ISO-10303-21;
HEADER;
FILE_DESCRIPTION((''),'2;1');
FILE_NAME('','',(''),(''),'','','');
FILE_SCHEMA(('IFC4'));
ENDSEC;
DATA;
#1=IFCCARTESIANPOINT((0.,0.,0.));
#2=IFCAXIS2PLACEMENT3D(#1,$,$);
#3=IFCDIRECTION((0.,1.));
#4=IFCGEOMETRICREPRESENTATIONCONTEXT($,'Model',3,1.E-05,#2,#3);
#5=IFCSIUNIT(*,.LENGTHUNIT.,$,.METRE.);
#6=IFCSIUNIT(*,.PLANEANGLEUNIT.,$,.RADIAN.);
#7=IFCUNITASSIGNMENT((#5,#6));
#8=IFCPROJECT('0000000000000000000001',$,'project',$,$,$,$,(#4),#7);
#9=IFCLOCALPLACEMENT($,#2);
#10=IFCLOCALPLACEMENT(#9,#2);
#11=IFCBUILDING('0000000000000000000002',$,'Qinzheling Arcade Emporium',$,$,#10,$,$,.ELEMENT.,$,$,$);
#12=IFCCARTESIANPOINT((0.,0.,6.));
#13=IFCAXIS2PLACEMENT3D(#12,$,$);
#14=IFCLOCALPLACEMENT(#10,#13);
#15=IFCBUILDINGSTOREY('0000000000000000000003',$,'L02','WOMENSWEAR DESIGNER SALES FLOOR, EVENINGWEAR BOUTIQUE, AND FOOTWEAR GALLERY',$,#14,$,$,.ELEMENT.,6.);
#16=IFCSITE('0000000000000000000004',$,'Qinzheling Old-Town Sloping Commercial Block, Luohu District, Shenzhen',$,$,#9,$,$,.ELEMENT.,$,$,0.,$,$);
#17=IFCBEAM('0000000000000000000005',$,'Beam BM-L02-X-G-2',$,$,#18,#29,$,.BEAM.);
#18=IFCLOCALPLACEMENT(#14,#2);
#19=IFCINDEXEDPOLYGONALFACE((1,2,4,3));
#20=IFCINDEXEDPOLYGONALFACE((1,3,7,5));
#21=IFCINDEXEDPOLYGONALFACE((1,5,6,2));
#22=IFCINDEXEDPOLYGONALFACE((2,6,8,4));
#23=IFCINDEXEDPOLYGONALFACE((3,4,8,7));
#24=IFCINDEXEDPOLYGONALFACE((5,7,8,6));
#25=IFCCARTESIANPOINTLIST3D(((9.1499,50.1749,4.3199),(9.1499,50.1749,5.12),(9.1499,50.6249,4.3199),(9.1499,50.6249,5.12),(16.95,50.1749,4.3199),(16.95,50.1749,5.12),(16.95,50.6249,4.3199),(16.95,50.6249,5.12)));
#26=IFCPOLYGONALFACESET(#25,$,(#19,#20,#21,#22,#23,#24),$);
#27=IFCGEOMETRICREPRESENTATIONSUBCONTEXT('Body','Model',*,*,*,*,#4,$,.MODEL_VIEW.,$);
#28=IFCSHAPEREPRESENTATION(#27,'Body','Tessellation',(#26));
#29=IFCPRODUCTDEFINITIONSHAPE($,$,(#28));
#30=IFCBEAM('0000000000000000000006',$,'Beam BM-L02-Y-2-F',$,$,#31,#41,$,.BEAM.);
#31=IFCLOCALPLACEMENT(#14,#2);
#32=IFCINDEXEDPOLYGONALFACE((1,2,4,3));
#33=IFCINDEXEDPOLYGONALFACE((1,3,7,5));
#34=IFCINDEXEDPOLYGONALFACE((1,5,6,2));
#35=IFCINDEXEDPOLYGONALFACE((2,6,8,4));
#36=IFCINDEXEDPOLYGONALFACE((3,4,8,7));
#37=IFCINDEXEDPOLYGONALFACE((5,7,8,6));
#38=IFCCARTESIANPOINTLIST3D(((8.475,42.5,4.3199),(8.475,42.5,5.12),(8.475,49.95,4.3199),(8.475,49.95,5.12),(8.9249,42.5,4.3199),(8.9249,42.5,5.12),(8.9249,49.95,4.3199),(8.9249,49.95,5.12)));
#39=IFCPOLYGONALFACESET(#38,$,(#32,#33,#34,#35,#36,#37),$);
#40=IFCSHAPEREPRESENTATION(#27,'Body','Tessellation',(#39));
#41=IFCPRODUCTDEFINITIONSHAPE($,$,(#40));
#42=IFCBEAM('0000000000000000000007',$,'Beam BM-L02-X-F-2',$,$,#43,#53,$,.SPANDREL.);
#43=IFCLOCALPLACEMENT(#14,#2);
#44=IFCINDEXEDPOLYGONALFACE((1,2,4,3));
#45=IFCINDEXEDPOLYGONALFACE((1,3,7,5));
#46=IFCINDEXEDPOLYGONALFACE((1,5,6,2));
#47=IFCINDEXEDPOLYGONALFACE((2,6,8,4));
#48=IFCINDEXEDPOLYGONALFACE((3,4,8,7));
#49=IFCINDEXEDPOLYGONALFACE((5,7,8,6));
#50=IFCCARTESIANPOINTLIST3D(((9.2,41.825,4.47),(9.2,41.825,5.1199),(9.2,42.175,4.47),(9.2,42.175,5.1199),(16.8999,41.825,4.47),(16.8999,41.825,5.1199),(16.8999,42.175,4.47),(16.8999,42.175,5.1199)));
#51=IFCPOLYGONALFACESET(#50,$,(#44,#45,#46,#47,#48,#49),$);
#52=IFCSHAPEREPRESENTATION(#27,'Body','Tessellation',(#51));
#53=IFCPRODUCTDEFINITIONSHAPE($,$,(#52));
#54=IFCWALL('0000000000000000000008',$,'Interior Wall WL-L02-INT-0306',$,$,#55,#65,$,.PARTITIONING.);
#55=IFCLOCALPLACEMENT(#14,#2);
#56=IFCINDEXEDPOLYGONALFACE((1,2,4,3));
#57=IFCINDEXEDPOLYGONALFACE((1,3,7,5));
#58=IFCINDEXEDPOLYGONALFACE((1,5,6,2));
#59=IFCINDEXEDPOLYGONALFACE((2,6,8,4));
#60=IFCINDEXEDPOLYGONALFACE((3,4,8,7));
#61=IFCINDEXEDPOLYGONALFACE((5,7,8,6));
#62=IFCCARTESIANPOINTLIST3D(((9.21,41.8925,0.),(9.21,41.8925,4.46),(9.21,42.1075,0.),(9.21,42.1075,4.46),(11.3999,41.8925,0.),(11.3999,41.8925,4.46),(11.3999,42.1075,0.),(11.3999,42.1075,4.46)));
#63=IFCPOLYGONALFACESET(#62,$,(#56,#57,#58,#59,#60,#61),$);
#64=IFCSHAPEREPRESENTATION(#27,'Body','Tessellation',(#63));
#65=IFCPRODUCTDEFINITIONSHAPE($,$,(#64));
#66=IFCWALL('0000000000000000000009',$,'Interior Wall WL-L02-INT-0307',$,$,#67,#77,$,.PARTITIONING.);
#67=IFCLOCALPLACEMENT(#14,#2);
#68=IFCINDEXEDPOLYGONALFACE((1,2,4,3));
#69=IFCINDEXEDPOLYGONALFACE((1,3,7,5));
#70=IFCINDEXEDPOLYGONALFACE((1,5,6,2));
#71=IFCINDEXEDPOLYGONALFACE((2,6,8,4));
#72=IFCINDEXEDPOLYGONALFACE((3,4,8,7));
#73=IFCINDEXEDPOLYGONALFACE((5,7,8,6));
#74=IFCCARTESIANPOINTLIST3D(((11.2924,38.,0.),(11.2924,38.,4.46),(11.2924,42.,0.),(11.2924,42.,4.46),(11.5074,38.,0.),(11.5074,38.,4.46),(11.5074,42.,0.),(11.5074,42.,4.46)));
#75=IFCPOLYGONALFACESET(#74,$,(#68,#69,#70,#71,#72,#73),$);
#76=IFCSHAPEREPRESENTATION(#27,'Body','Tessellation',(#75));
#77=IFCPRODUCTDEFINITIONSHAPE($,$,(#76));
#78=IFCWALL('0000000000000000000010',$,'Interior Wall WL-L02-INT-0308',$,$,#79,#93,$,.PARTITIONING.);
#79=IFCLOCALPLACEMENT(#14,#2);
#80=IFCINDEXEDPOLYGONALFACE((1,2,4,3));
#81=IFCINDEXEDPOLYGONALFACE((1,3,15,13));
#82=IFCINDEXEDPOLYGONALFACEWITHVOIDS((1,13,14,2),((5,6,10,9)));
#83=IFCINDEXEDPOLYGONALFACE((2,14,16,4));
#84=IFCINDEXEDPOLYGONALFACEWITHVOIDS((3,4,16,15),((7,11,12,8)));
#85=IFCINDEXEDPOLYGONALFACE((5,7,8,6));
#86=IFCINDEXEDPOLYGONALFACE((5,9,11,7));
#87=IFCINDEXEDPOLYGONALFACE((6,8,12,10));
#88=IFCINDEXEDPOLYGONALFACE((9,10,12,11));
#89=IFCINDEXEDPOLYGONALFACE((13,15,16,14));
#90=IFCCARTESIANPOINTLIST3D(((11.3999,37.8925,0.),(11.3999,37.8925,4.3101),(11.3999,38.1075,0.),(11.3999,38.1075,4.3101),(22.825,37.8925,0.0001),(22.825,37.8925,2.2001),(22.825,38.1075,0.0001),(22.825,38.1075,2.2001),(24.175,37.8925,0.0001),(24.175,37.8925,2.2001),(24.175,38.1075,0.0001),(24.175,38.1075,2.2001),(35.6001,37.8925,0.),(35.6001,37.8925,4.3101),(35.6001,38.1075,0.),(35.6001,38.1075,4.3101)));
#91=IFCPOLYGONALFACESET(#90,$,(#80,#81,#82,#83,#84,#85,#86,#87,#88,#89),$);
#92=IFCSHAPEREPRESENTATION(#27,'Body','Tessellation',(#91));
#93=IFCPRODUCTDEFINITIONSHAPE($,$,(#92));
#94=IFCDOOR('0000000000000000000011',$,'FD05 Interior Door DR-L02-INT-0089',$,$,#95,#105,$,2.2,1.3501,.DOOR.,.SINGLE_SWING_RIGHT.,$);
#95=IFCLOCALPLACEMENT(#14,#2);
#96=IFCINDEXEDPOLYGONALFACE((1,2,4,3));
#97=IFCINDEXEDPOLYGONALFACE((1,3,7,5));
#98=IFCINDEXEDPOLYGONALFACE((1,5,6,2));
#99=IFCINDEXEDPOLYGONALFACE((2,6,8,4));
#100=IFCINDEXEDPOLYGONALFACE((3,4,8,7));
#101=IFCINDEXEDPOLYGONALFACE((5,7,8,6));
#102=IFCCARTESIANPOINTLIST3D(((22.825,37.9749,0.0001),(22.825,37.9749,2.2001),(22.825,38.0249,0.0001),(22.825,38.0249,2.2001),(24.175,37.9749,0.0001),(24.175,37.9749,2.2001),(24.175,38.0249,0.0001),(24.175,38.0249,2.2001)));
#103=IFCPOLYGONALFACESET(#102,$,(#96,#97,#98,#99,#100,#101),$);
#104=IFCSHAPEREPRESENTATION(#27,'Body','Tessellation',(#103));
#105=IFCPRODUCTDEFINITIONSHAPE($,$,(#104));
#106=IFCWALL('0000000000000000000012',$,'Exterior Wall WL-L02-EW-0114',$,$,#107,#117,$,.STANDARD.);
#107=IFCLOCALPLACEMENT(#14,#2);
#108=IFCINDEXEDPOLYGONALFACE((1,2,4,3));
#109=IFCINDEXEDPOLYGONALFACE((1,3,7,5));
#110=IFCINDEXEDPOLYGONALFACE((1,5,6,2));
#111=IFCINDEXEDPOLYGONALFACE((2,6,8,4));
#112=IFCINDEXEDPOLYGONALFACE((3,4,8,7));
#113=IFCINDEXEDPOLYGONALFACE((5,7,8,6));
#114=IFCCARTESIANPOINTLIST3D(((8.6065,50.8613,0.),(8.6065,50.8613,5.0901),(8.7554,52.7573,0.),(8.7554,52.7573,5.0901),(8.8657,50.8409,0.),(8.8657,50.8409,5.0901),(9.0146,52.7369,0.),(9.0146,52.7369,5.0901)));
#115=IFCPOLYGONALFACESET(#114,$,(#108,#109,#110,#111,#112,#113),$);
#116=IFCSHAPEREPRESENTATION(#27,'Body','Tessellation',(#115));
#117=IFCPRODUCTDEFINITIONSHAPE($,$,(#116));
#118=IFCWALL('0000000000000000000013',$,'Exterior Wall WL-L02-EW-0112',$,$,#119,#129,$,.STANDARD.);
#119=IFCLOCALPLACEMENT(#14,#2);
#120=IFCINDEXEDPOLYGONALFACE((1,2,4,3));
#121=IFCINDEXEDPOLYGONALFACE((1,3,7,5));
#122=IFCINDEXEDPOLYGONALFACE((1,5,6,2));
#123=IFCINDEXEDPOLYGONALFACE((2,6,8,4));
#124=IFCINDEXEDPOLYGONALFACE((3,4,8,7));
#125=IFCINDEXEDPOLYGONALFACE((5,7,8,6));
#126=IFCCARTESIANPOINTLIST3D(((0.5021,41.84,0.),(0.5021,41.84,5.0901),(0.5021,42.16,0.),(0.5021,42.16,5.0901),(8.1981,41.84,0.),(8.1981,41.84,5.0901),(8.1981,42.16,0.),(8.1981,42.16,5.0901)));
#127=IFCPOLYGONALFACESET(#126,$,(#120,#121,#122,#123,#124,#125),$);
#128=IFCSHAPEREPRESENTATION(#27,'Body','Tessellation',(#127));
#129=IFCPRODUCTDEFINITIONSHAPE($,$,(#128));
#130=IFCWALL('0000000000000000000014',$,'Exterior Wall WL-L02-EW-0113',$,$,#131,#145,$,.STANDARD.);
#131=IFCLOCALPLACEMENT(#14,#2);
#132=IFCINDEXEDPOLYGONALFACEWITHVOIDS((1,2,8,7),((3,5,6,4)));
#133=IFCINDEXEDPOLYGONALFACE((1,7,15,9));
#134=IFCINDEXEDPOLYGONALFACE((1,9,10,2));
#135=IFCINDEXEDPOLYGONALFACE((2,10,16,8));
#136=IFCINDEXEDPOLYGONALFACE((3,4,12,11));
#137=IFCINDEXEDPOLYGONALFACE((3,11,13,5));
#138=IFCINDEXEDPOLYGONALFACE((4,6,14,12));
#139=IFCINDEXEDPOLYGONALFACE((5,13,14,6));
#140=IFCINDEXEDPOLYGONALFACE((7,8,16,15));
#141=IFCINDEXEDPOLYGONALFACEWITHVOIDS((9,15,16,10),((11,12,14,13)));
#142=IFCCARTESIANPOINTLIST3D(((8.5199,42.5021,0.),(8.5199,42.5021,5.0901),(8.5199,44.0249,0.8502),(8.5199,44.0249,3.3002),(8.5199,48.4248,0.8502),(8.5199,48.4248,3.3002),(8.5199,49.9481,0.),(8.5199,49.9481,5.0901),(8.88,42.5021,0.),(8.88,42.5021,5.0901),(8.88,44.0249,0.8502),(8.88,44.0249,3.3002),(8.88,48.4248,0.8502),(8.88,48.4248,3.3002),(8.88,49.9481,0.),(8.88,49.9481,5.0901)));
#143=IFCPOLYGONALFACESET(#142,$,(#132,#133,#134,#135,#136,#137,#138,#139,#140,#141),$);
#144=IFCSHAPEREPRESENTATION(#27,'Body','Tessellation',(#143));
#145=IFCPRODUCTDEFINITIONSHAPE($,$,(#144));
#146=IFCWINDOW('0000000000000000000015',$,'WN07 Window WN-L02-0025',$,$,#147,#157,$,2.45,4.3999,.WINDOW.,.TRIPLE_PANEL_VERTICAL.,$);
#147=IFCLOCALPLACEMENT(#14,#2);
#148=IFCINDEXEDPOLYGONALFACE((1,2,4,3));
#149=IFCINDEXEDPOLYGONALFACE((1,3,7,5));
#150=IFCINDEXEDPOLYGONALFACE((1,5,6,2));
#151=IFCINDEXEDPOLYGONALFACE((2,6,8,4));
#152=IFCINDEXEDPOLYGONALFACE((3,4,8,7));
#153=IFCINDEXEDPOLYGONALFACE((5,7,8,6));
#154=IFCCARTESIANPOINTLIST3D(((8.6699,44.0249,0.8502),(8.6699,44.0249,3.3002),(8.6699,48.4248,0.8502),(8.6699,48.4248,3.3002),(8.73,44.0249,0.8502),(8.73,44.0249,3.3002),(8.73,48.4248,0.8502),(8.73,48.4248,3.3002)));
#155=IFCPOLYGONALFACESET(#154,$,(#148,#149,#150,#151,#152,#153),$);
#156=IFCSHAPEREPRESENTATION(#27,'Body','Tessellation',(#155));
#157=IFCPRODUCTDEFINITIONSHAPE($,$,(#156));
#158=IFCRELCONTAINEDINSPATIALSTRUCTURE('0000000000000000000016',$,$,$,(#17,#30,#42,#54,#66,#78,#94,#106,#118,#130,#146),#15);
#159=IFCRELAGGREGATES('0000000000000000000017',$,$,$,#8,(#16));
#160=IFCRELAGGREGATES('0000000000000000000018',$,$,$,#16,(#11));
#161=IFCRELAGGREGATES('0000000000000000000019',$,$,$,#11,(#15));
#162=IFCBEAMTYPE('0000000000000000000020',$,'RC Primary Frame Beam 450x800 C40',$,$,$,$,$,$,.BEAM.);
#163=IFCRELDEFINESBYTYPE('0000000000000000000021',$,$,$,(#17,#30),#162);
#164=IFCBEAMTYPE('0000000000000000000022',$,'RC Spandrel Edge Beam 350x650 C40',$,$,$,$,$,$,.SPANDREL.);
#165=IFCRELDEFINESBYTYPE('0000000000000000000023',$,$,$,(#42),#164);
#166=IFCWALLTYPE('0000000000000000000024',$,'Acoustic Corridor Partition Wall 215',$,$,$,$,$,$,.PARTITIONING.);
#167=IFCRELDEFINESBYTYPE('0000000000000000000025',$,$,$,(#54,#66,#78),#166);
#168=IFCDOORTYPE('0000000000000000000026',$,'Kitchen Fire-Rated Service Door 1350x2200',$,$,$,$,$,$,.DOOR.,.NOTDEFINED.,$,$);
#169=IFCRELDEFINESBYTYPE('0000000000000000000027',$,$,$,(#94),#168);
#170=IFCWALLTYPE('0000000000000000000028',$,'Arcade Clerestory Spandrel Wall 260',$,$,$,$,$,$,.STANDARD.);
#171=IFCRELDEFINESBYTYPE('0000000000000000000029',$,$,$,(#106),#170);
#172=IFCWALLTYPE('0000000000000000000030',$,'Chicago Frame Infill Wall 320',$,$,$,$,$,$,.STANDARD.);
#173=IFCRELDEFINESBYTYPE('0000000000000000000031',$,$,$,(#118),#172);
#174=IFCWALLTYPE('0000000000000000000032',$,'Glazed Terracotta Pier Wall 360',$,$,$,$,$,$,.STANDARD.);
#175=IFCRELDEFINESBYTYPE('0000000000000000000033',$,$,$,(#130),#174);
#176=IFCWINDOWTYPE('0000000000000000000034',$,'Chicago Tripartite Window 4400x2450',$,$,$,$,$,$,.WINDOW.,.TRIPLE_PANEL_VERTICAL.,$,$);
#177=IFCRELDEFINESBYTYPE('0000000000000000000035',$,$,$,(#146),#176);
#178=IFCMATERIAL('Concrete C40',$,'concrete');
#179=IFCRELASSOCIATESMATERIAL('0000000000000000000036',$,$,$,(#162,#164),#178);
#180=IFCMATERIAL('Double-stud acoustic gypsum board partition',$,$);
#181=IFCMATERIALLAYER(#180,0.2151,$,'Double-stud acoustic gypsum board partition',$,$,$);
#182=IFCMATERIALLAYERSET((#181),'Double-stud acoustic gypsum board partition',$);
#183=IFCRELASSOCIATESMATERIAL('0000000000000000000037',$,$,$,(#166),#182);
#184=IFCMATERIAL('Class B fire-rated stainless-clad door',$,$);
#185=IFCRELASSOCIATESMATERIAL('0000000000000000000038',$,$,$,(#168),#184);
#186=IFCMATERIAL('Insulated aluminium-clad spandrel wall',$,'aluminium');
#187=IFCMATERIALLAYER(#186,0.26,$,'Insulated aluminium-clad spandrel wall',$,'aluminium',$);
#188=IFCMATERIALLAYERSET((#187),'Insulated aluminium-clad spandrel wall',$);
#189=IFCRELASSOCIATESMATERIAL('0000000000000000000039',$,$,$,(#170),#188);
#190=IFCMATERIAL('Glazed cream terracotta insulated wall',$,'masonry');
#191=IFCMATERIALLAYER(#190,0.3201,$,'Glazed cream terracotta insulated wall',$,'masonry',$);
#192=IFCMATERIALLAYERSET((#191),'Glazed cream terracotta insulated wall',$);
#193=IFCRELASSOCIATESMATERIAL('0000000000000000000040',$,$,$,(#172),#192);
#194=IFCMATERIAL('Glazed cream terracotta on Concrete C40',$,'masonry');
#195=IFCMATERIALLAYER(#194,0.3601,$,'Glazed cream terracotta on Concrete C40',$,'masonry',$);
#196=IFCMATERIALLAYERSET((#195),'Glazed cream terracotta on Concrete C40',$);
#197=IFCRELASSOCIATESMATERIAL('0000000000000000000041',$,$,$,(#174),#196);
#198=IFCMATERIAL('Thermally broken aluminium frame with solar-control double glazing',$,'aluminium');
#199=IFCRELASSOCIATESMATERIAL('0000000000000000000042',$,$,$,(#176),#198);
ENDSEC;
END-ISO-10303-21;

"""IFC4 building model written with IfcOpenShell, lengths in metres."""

from ifc_helpers import new_model, si_unit, direction, frame, frame_2d, origin, origin_2d, place, context, subcontext, project, spatial, rectangle, extrude, material, layer, layer_set, material_profile, profile_set, type_object, element, fill, save


model = new_model("IFC4")

# Units and contexts
model_context = context("Model", 3, precision=1e-05, world=origin(), true_north=direction((0.0, 1.0)))
body_context = subcontext(model_context, "Body", "Model", "MODEL_VIEW")
ifc_project = project(units=[si_unit("LENGTHUNIT", "METRE"), si_unit("PLANEANGLEUNIT", "RADIAN")], contexts=[model_context])

# Site, building, storey
site_placement = place(None, origin())
site = spatial("IfcSite", under=ifc_project, at=site_placement, Name="Qinzheling Old-Town Sloping Commercial Block, Luohu District, Shenzhen", CompositionType="ELEMENT", RefElevation=0.0)
building_placement = place(site_placement, origin())
building = spatial("IfcBuilding", under=site, at=building_placement, Name="Qinzheling Arcade Emporium", CompositionType="ELEMENT")
storey_placement = place(building_placement, frame((0.0, 0.0, 6.0)))
storey = spatial("IfcBuildingStorey", under=building, at=storey_placement, Name="L02", Description="WOMENSWEAR DESIGNER SALES FLOOR, EVENINGWEAR BOUTIQUE, AND FOOTWEAR GALLERY", CompositionType="ELEMENT", Elevation=6.0)

# Beams
ifc_material_1 = material(Name="Concrete C40", Category="concrete")
ifc_material_profile_1 = material_profile(ifc_material_1, rectangle(XDim=0.45, YDim=0.8, at=origin_2d()), Name="RC 450x800", Category="concrete")
ifc_profile_set_1 = profile_set([ifc_material_profile_1], Name="Concrete C40")
beam_type_1 = type_object("IfcBeamType", Name="RC Primary Frame Beam 450x800 C40", PredefinedType="BEAM", material=ifc_profile_set_1)
beam_1_placement = place(storey_placement, frame((9.1499, 50.3999, 4.72), z_axis=(1.0, 0.0, 0.0), x_axis=(0.0, 1.0, 0.0)))
element("IfcBeam", 1, at=beam_1_placement, inside=storey, type_object=beam_type_1, Name="Beam BM-L02-X-G-2", PredefinedType="BEAM", context=body_context, shape_type="SweptSolid", body=[
    extrude(rectangle(XDim=0.45, YDim=0.8, at=origin_2d()), origin(), (0.0, 0.0, 1.0), 7.8),
])
beam_2_placement = place(storey_placement, frame((8.7, 42.5, 4.72), z_axis=(0.0, 1.0, 0.0), x_axis=(-1.0, 0.0, 0.0)))
element("IfcBeam", 2, at=beam_2_placement, inside=storey, type_object=beam_type_1, Name="Beam BM-L02-Y-2-F", PredefinedType="BEAM", context=body_context, shape_type="SweptSolid", body=[
    extrude(rectangle(XDim=0.45, YDim=0.8, at=origin_2d()), origin(), (0.0, 0.0, 1.0), 7.45),
])
ifc_material_profile_2 = material_profile(ifc_material_1, rectangle(XDim=0.3501, YDim=0.6499, at=origin_2d()), Name="RC 350x650", Category="concrete")
ifc_profile_set_2 = profile_set([ifc_material_profile_2], Name="Concrete C40")
beam_type_2 = type_object("IfcBeamType", Name="RC Spandrel Edge Beam 350x650 C40", PredefinedType="SPANDREL", material=ifc_profile_set_2)
beam_3_placement = place(storey_placement, frame((9.2, 42.0, 4.7949), z_axis=(1.0, 0.0, 0.0), x_axis=(0.0, 1.0, 0.0)))
element("IfcBeam", 3, at=beam_3_placement, inside=storey, type_object=beam_type_2, Name="Beam BM-L02-X-F-2", PredefinedType="SPANDREL", context=body_context, shape_type="SweptSolid", body=[
    extrude(rectangle(XDim=0.3501, YDim=0.6499, at=origin_2d()), origin(), (0.0, 0.0, 1.0), 7.7),
])

# Walls
ifc_material_2 = material(Name="Double-stud acoustic gypsum board partition")
ifc_layer_1 = layer(ifc_material_2, 0.2151, Name="Double-stud acoustic gypsum board partition")
ifc_layer_set_1 = layer_set([ifc_layer_1], Name="Double-stud acoustic gypsum board partition")
wall_type_1 = type_object("IfcWallType", Name="Acoustic Corridor Partition Wall 215", PredefinedType="PARTITIONING", material=ifc_layer_set_1)
wall_1_placement = place(storey_placement, frame((9.21, 42.0, 0.0), z_axis=(0.0, 0.0, 1.0), x_axis=(1.0, 0.0, 0.0)))
element("IfcWall", 4, at=wall_1_placement, inside=storey, type_object=wall_type_1, Name="Interior Wall WL-L02-INT-0306", PredefinedType="PARTITIONING", context=body_context, shape_type="SweptSolid", body=[
    extrude(rectangle(XDim=2.1899, YDim=0.2151, at=frame_2d((1.095, 0.0))), origin(), (0.0, 0.0, 1.0), 4.46),
])
wall_2_placement = place(storey_placement, frame((11.3999, 42.0, 0.0), z_axis=(0.0, 0.0, 1.0), x_axis=(0.0, -1.0, 0.0)))
element("IfcWall", 5, at=wall_2_placement, inside=storey, type_object=wall_type_1, Name="Interior Wall WL-L02-INT-0307", PredefinedType="PARTITIONING", context=body_context, shape_type="SweptSolid", body=[
    extrude(rectangle(XDim=4.0, YDim=0.2151, at=frame_2d((2.0, 0.0))), origin(), (0.0, 0.0, 1.0), 4.46),
])

# Wall, opening, door
wall_3_placement = place(storey_placement, frame((11.3999, 38.0, 0.0), z_axis=(0.0, 0.0, 1.0), x_axis=(1.0, 0.0, 0.0)))
wall_3 = element("IfcWall", 6, at=wall_3_placement, inside=storey, type_object=wall_type_1, Name="Interior Wall WL-L02-INT-0308", PredefinedType="PARTITIONING", context=body_context, shape_type="SweptSolid", body=[
    extrude(rectangle(XDim=24.2002, YDim=0.2151, at=frame_2d((12.1001, 0.0))), origin(), (0.0, 0.0, 1.0), 4.3101),
])
opening_1_placement = place(wall_3_placement, frame((11.425, 0.0, 0.0)))
opening_1 = element("IfcOpeningElement", 7, at=opening_1_placement, cuts=wall_3, PredefinedType="OPENING", context=body_context, shape_type="SweptSolid", body=[
    extrude(rectangle(XDim=1.3501, YDim=2.2, at=frame_2d((0.675, 1.1001))), frame((0.0, 0.1177, 0.0), z_axis=(0.0, -1.0, 0.0), x_axis=(1.0, 0.0, 0.0)), (0.0, 0.0, 1.0), 0.2351),
])
ifc_material_3 = material(Name="Class B fire-rated stainless-clad door")
door_type_1 = type_object("IfcDoorType", Name="Kitchen Fire-Rated Service Door 1350x2200", OperationType="NOTDEFINED", PredefinedType="DOOR", material=ifc_material_3)
door_1_placement = place(opening_1_placement, origin())
door_1 = element("IfcDoor", 8, at=door_1_placement, inside=storey, type_object=door_type_1, Name="FD05 Interior Door DR-L02-INT-0089", OperationType="SINGLE_SWING_RIGHT", OverallHeight=2.2, OverallWidth=1.3501, PredefinedType="DOOR", context=body_context, shape_type="SweptSolid", body=[
    extrude(rectangle(XDim=1.3501, YDim=2.2, at=frame_2d((0.675, 1.1001))), frame((0.0, 0.0249, 0.0), z_axis=(0.0, -1.0, 0.0), x_axis=(1.0, 0.0, 0.0)), (0.0, 0.0, 1.0), 0.05),
])
fill(opening_1, door_1)

# Walls
ifc_material_4 = material(Name="Insulated aluminium-clad spandrel wall", Category="aluminium")
ifc_layer_2 = layer(ifc_material_4, 0.26, Name="Insulated aluminium-clad spandrel wall", Category="aluminium")
ifc_layer_set_2 = layer_set([ifc_layer_2], Name="Insulated aluminium-clad spandrel wall")
wall_type_2 = type_object("IfcWallType", Name="Arcade Clerestory Spandrel Wall 260", PredefinedType="STANDARD", material=ifc_layer_set_2)
wall_4_placement = place(storey_placement, frame((8.7361, 50.8511, 0.0), z_axis=(0.0, 0.0, 1.0), x_axis=(0.078306, 0.996929, 0.0)))
element("IfcWall", 9, at=wall_4_placement, inside=storey, type_object=wall_type_2, Name="Exterior Wall WL-L02-EW-0114", PredefinedType="STANDARD", context=body_context, shape_type="SweptSolid", body=[
    extrude(rectangle(XDim=1.9019, YDim=0.26, at=frame_2d((0.9509, 0.0))), origin(), (0.0, 0.0, 1.0), 5.0901),
])
ifc_material_5 = material(Name="Glazed cream terracotta insulated wall", Category="masonry")
ifc_layer_3 = layer(ifc_material_5, 0.3201, Name="Glazed cream terracotta insulated wall", Category="masonry")
ifc_layer_set_3 = layer_set([ifc_layer_3], Name="Glazed cream terracotta insulated wall")
wall_type_3 = type_object("IfcWallType", Name="Chicago Frame Infill Wall 320", PredefinedType="STANDARD", material=ifc_layer_set_3)
wall_5_placement = place(storey_placement, frame((0.502, 42.0, 0.0), z_axis=(0.0, 0.0, 1.0), x_axis=(1.0, 0.0, 0.0)))
element("IfcWall", 10, at=wall_5_placement, inside=storey, type_object=wall_type_3, Name="Exterior Wall WL-L02-EW-0112", PredefinedType="STANDARD", context=body_context, shape_type="SweptSolid", body=[
    extrude(rectangle(XDim=7.696, YDim=0.3201, at=frame_2d((3.8481, 0.0))), origin(), (0.0, 0.0, 1.0), 5.0901),
])

# Wall, opening, window
ifc_material_6 = material(Name="Glazed cream terracotta on Concrete C40", Category="masonry")
ifc_layer_4 = layer(ifc_material_6, 0.3601, Name="Glazed cream terracotta on Concrete C40", Category="masonry")
ifc_layer_set_4 = layer_set([ifc_layer_4], Name="Glazed cream terracotta on Concrete C40")
wall_type_4 = type_object("IfcWallType", Name="Glazed Terracotta Pier Wall 360", PredefinedType="STANDARD", material=ifc_layer_set_4)
wall_6_placement = place(storey_placement, frame((8.7, 42.502, 0.0), z_axis=(0.0, 0.0, 1.0), x_axis=(0.0, 1.0, 0.0)))
wall_6 = element("IfcWall", 11, at=wall_6_placement, inside=storey, type_object=wall_type_4, Name="Exterior Wall WL-L02-EW-0113", PredefinedType="STANDARD", context=body_context, shape_type="SweptSolid", body=[
    extrude(rectangle(XDim=7.446, YDim=0.3601, at=frame_2d((3.7231, 0.0))), origin(), (0.0, 0.0, 1.0), 5.0901),
])
opening_2_placement = place(wall_6_placement, frame((1.5229, 0.0, 0.8501)))
opening_2 = element("IfcOpeningElement", 12, at=opening_2_placement, cuts=wall_6, PredefinedType="OPENING", context=body_context, shape_type="SweptSolid", body=[
    extrude(rectangle(XDim=4.3999, YDim=2.45, at=frame_2d((2.2, 1.2251))), frame((0.0, 0.1899, 0.0), z_axis=(0.0, -1.0, 0.0), x_axis=(1.0, 0.0, 0.0)), (0.0, 0.0, 1.0), 0.3801),
])
ifc_material_7 = material(Name="Thermally broken aluminium frame with solar-control double glazing", Category="aluminium")
window_type = type_object("IfcWindowType", Name="Chicago Tripartite Window 4400x2450", PartitioningType="TRIPLE_PANEL_VERTICAL", PredefinedType="WINDOW", material=ifc_material_7)
window_placement = place(opening_2_placement, origin())
window = element("IfcWindow", 13, at=window_placement, inside=storey, type_object=window_type, Name="WN07 Window WN-L02-0025", OverallHeight=2.45, OverallWidth=4.3999, PartitioningType="TRIPLE_PANEL_VERTICAL", PredefinedType="WINDOW", context=body_context, shape_type="SweptSolid", body=[
    extrude(rectangle(XDim=4.3999, YDim=2.45, at=frame_2d((2.2, 1.2251))), frame((0.0, 0.03, 0.0), z_axis=(0.0, -1.0, 0.0), x_axis=(1.0, 0.0, 0.0)), (0.0, 0.0, 1.0), 0.0601),
])
fill(opening_2, window)

save(model, "model.ifc")
